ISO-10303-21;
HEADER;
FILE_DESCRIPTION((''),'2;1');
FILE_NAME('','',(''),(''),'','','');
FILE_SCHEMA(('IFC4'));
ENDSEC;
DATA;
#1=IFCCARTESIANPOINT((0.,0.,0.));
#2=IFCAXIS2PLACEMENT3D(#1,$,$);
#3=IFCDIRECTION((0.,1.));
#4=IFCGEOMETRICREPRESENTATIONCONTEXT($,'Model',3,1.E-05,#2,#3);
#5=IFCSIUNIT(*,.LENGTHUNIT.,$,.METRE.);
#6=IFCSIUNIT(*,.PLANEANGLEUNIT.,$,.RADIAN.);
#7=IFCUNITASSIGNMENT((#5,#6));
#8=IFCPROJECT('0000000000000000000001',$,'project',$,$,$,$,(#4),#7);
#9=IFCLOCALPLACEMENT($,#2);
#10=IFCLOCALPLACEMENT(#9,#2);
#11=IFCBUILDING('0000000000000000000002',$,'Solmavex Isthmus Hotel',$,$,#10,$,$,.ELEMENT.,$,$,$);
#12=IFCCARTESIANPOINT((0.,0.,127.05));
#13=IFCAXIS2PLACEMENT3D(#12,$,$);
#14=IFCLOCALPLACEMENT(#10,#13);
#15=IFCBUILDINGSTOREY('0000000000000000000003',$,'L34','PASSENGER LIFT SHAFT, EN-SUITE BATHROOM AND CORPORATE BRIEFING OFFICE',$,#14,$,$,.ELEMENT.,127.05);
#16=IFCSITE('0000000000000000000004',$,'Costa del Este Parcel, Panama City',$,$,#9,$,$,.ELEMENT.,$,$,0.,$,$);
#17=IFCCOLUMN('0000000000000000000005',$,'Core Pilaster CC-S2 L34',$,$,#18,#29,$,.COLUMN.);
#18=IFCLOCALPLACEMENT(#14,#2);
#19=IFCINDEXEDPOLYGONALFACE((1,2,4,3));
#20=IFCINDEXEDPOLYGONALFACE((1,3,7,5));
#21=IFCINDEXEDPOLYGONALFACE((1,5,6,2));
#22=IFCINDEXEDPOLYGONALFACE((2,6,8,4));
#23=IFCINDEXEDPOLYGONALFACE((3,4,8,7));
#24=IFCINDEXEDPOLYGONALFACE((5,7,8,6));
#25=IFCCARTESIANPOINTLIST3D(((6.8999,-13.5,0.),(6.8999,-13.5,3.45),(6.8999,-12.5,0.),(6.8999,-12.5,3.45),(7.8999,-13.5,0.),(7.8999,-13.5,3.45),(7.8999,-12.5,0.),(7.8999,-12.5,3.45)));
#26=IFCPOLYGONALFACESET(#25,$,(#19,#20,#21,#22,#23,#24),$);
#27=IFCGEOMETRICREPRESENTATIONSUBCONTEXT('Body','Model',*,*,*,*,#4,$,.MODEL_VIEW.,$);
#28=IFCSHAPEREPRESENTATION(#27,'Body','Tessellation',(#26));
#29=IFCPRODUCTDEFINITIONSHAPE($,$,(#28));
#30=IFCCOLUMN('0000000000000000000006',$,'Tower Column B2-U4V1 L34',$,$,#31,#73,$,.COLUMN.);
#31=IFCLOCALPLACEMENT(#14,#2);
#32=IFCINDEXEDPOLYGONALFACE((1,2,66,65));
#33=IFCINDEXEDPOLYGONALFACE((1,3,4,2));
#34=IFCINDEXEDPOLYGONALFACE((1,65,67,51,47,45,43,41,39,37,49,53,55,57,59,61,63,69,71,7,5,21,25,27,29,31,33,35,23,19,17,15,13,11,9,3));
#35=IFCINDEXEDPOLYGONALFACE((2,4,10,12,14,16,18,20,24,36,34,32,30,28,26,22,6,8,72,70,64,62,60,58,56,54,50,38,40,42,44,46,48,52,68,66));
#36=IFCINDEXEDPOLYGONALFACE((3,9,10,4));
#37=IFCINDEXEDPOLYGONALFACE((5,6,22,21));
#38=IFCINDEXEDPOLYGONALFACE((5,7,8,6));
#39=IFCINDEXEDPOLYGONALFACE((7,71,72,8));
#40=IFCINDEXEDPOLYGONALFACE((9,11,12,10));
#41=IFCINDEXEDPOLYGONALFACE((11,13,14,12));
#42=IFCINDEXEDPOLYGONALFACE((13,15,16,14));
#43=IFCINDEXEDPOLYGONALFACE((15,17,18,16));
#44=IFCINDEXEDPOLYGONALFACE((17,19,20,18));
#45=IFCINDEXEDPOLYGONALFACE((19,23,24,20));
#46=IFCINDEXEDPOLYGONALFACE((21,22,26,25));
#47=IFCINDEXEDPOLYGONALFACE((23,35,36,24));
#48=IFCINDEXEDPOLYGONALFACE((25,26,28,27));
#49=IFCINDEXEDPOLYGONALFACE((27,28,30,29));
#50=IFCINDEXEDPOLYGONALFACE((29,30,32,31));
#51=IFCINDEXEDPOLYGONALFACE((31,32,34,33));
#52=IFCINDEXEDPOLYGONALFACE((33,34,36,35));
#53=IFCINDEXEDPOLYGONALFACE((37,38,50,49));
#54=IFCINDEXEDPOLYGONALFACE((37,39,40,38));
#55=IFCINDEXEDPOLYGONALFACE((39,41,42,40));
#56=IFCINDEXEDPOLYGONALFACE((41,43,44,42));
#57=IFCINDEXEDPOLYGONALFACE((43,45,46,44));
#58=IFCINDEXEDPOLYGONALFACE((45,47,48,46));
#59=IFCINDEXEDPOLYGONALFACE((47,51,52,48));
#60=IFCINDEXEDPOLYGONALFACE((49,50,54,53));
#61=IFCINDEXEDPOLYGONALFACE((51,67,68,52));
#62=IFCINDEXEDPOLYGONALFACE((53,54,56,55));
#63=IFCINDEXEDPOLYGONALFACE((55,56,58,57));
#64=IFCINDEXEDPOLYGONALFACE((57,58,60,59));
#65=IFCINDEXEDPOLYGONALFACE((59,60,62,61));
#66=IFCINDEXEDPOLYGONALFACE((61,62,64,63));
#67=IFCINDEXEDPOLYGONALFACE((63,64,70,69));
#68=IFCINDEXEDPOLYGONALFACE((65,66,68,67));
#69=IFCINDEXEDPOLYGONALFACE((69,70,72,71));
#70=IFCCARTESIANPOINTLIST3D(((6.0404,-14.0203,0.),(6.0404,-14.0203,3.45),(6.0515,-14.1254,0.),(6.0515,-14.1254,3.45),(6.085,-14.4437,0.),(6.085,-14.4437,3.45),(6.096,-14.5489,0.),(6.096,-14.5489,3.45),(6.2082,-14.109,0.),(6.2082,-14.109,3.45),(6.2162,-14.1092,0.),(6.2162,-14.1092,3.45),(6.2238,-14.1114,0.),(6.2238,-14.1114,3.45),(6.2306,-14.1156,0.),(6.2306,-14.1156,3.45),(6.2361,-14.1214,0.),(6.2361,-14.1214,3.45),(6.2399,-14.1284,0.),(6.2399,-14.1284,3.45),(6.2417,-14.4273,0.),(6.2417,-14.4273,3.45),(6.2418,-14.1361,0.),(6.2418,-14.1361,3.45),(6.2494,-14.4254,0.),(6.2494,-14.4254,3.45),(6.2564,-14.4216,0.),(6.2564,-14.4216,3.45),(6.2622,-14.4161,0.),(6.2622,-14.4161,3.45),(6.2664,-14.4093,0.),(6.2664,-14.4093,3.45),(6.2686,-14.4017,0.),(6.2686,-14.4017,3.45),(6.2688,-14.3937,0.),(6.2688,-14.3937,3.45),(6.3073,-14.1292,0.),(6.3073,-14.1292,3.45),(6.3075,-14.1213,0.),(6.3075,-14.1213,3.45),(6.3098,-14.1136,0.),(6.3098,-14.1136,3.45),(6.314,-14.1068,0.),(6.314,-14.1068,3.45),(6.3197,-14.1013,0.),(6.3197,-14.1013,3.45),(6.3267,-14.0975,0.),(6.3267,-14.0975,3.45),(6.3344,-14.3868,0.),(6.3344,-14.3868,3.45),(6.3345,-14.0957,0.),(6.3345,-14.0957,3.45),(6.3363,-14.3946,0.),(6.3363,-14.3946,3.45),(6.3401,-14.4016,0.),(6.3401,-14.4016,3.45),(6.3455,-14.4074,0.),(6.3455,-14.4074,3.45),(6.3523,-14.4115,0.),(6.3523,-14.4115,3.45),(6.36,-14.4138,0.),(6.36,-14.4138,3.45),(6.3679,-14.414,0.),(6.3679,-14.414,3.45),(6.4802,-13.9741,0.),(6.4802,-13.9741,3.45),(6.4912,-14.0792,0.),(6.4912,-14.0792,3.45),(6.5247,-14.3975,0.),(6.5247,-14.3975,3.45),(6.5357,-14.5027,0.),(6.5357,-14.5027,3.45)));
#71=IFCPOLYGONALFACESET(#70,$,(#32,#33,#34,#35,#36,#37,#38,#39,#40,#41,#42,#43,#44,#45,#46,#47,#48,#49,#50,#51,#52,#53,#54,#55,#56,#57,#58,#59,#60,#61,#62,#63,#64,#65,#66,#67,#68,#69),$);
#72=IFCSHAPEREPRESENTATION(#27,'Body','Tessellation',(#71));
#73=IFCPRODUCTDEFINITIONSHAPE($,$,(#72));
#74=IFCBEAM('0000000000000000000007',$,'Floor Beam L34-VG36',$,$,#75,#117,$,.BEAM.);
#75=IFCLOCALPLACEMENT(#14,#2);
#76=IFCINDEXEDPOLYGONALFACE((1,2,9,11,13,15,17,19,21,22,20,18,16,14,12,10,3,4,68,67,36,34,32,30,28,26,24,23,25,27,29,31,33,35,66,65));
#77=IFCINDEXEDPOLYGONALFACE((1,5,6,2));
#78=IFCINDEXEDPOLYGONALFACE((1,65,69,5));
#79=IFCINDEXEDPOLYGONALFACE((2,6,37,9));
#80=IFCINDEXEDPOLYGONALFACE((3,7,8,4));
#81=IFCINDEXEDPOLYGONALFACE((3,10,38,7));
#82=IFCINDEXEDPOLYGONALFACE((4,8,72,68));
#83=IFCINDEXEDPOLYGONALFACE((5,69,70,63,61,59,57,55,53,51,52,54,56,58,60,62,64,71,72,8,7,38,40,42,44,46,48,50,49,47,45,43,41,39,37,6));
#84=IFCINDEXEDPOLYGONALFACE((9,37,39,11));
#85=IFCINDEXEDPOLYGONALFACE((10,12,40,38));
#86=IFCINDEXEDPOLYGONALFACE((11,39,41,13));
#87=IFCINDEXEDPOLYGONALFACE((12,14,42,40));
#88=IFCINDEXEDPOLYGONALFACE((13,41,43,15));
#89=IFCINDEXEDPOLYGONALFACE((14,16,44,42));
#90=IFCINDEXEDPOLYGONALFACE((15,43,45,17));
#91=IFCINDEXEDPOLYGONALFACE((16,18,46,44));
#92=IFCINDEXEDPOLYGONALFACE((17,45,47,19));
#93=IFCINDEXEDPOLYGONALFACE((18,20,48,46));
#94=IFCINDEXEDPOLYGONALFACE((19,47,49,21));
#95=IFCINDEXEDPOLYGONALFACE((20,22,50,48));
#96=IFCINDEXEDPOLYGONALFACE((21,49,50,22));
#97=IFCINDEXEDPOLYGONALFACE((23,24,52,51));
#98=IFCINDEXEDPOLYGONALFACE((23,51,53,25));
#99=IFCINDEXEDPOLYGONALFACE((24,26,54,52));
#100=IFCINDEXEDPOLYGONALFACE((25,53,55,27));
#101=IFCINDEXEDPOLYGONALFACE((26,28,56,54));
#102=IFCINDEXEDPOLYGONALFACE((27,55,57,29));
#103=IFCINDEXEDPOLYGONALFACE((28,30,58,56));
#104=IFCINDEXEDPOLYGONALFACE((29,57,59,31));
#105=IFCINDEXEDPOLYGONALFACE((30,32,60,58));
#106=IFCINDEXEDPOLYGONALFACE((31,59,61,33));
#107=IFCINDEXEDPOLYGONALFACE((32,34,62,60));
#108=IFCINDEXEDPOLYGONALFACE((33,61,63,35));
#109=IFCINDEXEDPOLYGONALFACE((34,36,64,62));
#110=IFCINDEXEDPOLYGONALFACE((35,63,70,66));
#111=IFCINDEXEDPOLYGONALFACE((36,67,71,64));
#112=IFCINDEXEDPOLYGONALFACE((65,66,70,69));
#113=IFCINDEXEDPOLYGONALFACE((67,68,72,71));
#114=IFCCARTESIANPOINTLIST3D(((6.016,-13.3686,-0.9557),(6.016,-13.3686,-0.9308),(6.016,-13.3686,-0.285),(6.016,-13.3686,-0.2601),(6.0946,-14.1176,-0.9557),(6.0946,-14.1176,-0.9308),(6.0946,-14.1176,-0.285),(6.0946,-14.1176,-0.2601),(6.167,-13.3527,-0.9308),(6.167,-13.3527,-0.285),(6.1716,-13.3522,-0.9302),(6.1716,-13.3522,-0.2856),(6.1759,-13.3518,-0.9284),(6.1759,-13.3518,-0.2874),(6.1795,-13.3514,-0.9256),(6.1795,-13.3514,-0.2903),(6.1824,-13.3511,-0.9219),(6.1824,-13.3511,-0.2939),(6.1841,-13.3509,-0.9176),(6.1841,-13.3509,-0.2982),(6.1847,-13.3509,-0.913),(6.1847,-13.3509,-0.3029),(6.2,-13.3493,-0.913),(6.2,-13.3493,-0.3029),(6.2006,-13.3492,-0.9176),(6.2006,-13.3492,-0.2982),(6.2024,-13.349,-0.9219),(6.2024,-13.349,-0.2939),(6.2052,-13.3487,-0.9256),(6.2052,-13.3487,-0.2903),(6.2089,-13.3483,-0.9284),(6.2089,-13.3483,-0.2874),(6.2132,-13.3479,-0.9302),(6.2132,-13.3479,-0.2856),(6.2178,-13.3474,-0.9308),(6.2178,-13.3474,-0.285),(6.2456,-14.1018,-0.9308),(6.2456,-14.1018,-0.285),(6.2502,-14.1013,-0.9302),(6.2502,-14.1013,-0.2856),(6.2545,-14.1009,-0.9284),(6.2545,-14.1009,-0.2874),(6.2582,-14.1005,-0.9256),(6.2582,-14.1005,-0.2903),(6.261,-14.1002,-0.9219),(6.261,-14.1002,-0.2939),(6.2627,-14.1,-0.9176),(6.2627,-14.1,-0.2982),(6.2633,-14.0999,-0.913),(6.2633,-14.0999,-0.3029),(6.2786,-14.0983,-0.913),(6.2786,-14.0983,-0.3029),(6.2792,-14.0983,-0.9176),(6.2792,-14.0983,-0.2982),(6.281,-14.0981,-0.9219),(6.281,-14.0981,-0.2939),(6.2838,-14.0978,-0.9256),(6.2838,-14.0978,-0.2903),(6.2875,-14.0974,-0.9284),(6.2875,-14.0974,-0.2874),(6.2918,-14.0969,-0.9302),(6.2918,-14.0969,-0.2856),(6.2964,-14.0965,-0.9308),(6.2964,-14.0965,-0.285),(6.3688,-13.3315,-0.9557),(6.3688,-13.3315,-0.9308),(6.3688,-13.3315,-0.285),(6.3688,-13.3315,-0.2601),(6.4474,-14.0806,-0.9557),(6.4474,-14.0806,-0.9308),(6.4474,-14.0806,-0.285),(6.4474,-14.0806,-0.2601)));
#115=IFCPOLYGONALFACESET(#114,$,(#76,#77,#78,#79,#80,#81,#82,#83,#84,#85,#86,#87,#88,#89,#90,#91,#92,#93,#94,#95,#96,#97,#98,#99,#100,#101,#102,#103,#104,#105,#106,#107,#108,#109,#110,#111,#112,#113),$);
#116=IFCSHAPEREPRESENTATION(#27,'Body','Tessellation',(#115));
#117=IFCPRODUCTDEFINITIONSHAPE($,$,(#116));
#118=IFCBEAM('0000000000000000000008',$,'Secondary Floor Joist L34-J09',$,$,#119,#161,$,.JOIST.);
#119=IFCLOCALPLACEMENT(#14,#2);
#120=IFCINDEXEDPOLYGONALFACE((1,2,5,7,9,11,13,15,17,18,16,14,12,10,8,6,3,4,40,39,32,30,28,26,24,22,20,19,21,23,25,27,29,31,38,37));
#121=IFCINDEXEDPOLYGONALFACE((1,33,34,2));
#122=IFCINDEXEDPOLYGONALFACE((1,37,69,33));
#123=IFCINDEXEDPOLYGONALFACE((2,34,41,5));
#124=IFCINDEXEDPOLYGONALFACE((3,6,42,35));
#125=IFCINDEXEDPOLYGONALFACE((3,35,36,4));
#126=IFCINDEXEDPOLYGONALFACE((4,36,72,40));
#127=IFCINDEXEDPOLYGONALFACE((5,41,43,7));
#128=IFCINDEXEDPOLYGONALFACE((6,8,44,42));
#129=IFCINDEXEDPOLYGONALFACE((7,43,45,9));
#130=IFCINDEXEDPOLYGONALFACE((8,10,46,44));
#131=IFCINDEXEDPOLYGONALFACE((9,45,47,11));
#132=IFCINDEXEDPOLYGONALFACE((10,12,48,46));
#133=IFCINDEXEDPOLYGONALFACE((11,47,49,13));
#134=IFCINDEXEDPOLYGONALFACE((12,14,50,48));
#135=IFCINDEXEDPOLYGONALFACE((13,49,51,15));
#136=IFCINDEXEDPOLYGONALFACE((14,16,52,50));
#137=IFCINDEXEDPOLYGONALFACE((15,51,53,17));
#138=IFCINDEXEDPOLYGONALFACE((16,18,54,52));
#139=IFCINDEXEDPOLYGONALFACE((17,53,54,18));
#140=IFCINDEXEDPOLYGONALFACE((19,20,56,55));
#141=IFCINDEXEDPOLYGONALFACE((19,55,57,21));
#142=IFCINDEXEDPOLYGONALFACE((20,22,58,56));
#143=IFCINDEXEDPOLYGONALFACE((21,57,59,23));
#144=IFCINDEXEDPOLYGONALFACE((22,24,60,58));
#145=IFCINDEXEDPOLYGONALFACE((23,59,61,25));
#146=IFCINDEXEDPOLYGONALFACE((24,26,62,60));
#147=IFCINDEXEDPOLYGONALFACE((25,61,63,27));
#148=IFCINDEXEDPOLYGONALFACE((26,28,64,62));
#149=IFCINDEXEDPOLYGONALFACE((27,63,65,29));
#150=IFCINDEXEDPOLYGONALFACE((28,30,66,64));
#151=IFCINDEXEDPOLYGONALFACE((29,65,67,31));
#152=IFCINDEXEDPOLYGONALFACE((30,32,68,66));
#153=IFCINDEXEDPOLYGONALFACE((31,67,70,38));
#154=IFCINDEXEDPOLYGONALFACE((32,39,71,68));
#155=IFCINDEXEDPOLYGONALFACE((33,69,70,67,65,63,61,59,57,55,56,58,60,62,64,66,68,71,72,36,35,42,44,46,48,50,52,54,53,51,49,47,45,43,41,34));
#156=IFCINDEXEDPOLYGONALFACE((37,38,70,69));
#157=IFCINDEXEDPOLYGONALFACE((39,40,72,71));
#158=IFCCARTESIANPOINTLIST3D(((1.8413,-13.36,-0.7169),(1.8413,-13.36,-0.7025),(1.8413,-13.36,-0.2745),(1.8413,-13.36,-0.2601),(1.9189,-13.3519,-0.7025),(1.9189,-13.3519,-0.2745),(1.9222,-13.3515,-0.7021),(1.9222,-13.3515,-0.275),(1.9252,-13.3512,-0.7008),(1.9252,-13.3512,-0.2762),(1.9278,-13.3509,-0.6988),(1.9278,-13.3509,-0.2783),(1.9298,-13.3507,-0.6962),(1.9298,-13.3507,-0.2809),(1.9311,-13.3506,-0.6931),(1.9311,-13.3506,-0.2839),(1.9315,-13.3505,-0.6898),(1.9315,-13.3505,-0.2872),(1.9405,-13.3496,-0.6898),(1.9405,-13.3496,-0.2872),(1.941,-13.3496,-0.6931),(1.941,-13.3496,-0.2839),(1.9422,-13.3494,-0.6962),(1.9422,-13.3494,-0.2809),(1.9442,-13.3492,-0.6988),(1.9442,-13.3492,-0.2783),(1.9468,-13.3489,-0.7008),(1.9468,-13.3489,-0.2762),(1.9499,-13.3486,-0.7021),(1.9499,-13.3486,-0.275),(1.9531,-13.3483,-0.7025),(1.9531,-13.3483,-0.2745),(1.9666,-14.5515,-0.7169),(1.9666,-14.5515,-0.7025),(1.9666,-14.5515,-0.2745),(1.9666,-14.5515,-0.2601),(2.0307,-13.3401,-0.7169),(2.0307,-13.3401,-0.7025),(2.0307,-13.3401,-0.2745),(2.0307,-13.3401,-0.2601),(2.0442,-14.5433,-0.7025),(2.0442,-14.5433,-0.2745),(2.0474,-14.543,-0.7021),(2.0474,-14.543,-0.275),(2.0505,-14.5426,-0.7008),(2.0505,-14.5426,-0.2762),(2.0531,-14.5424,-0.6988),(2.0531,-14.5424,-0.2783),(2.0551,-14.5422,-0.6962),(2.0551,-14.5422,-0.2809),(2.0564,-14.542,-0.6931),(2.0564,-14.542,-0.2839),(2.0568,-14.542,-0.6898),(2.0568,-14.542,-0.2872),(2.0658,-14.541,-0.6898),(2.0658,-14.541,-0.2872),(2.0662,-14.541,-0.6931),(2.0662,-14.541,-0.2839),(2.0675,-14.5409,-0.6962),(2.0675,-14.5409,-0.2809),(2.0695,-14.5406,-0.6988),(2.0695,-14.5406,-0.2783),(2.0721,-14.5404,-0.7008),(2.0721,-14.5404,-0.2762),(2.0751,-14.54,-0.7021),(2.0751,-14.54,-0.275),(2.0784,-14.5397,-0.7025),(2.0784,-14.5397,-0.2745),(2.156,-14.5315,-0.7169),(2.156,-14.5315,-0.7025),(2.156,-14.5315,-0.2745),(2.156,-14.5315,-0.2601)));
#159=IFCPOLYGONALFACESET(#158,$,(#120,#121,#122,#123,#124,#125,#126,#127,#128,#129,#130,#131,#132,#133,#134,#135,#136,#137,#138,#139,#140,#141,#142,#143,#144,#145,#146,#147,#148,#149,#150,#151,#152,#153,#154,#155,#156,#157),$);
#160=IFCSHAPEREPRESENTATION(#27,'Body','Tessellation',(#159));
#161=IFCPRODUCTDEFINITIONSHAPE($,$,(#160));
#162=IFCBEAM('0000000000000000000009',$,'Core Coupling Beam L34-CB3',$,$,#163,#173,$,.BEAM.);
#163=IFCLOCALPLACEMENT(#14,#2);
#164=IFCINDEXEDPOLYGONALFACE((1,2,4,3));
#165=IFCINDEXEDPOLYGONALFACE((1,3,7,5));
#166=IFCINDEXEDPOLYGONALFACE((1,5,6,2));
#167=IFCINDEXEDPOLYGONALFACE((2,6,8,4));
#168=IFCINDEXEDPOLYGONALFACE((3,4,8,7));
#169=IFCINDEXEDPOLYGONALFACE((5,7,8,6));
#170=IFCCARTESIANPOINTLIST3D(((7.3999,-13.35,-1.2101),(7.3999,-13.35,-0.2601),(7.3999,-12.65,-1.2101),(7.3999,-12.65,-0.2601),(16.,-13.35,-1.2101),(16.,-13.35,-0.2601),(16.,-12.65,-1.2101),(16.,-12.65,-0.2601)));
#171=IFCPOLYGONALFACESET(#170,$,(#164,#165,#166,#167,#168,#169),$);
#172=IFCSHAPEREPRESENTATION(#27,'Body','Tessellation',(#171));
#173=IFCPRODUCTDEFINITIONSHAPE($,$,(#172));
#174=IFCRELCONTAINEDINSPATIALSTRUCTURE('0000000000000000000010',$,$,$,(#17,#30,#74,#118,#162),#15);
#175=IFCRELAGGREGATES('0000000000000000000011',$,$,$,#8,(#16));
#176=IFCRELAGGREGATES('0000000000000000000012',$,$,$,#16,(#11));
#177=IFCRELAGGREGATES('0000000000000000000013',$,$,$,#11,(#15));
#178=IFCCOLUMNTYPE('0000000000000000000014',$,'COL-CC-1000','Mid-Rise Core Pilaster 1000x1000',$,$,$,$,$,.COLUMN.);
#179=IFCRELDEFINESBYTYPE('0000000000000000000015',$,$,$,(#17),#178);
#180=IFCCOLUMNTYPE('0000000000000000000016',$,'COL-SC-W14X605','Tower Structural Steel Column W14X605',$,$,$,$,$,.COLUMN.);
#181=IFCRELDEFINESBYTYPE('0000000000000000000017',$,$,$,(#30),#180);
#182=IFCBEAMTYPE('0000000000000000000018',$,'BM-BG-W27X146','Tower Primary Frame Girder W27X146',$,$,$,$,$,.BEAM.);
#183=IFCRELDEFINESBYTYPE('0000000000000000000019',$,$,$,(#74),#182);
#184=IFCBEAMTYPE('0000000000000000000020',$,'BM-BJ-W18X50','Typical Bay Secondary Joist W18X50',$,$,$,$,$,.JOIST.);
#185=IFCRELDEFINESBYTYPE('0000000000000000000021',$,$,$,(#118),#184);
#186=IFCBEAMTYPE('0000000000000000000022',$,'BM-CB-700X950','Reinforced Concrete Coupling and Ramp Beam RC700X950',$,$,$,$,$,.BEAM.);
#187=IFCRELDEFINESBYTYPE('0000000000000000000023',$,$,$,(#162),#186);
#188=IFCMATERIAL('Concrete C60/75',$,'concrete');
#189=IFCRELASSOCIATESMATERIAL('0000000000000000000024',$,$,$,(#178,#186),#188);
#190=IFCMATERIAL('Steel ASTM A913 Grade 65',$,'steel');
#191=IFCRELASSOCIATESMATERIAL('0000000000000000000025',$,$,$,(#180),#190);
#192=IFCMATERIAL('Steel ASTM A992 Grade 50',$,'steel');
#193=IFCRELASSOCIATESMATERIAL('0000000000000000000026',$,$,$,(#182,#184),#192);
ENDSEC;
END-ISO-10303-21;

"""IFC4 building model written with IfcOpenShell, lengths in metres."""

from ifc_helpers import new_model, si_unit, direction, frame, origin, origin_2d, place, context, subcontext, project, spatial, rectangle, i_section, extrude, material, material_profile, profile_set, type_object, element, save


model = new_model("IFC4")

# Units and contexts
model_context = context("Model", 3, precision=1e-05, world=origin(), true_north=direction((0.0, 1.0)))
body_context = subcontext(model_context, "Body", "Model", "MODEL_VIEW")
ifc_project = project(units=[si_unit("LENGTHUNIT", "METRE"), si_unit("PLANEANGLEUNIT", "RADIAN")], contexts=[model_context])

# Site, building, storey
site_placement = place(None, origin())
site = spatial("IfcSite", under=ifc_project, at=site_placement, Name="Costa del Este Parcel, Panama City", CompositionType="ELEMENT", RefElevation=0.0)
building_placement = place(site_placement, origin())
building = spatial("IfcBuilding", under=site, at=building_placement, Name="Solmavex Isthmus Hotel", CompositionType="ELEMENT")
storey_placement = place(building_placement, frame((0.0, 0.0, 127.05)))
storey = spatial("IfcBuildingStorey", under=building, at=storey_placement, Name="L34", Description="PASSENGER LIFT SHAFT, EN-SUITE BATHROOM AND CORPORATE BRIEFING OFFICE", CompositionType="ELEMENT", Elevation=127.05)

# Columns
ifc_material_1 = material(Name="Concrete C60/75", Category="concrete")
ifc_material_profile_1 = material_profile(ifc_material_1, rectangle(XDim=1.0, YDim=1.0, at=origin_2d()), Name="RC1000X1000")
ifc_profile_set_1 = profile_set([ifc_material_profile_1], Name="Concrete C60/75")
column_type_1 = type_object("IfcColumnType", Name="COL-CC-1000", Description="Mid-Rise Core Pilaster 1000x1000", PredefinedType="COLUMN", material=ifc_profile_set_1)
column_1_placement = place(storey_placement, frame((7.3999, -13.0, 0.0), z_axis=(0.0, 0.0, 1.0), x_axis=(1.0, 0.0, 0.0)))
element("IfcColumn", 1, at=column_1_placement, inside=storey, type_object=column_type_1, Name="Core Pilaster CC-S2 L34", PredefinedType="COLUMN", context=body_context, shape_type="SweptSolid", body=[
    extrude(rectangle(XDim=1.0, YDim=1.0, at=origin_2d()), origin(), (0.0, 0.0, 1.0), 3.45),
])
ifc_material_2 = material(Name="Steel ASTM A913 Grade 65", Category="steel")
ifc_material_profile_2 = material_profile(ifc_material_2, i_section(OverallWidth=0.4421, OverallDepth=0.5315, WebThickness=0.0659, FlangeThickness=0.1057, FilletRadius=0.0305, at=origin_2d()), Name="W14X605")
ifc_profile_set_2 = profile_set([ifc_material_profile_2], Name="Steel ASTM A913 Grade 65")
column_type_2 = type_object("IfcColumnType", Name="COL-SC-W14X605", Description="Tower Structural Steel Column W14X605", PredefinedType="COLUMN", material=ifc_profile_set_2)
column_2_placement = place(storey_placement, frame((6.2881, -14.2615, 0.0), z_axis=(0.0, 0.0, 1.0), x_axis=(0.994522, 0.104528, 0.0)))
element("IfcColumn", 2, at=column_2_placement, inside=storey, type_object=column_type_2, Name="Tower Column B2-U4V1 L34", PredefinedType="COLUMN", context=body_context, shape_type="SweptSolid", body=[
    extrude(i_section(OverallWidth=0.4421, OverallDepth=0.5315, WebThickness=0.0659, FlangeThickness=0.1057, FilletRadius=0.0305, at=origin_2d()), origin(), (0.0, 0.0, 1.0), 3.45),
])

# Beams
ifc_material_3 = material(Name="Steel ASTM A992 Grade 50", Category="steel")
ifc_material_profile_3 = material_profile(ifc_material_3, i_section(OverallWidth=0.3547, OverallDepth=0.6956, WebThickness=0.0154, FlangeThickness=0.0249, FilletRadius=0.0178, at=origin_2d()), Name="W27X146")
ifc_profile_set_3 = profile_set([ifc_material_profile_3], Name="Steel ASTM A992 Grade 50")
beam_type_1 = type_object("IfcBeamType", Name="BM-BG-W27X146", Description="Tower Primary Frame Girder W27X146", PredefinedType="BEAM", material=ifc_profile_set_3)
beam_1_placement = place(storey_placement, frame((6.271, -14.0991, -0.6079), z_axis=(-0.104381, 0.994537, 0.0), x_axis=(-0.994537, -0.104381, 0.0)))
element("IfcBeam", 3, at=beam_1_placement, inside=storey, type_object=beam_type_1, Name="Floor Beam L34-VG36", PredefinedType="BEAM", context=body_context, shape_type="SweptSolid", body=[
    extrude(i_section(OverallWidth=0.3547, OverallDepth=0.6956, WebThickness=0.0154, FlangeThickness=0.0249, FilletRadius=0.0178, at=origin_2d()), origin(), (0.0, 0.0, 1.0), 0.7532),
])
ifc_material_profile_4 = material_profile(ifc_material_3, i_section(OverallWidth=0.1904, OverallDepth=0.4568, WebThickness=0.009, FlangeThickness=0.0144, FilletRadius=0.0127, at=origin_2d()), Name="W18X50")
ifc_profile_set_4 = profile_set([ifc_material_profile_4], Name="Steel ASTM A992 Grade 50")
beam_type_2 = type_object("IfcBeamType", Name="BM-BJ-W18X50", Description="Typical Bay Secondary Joist W18X50", PredefinedType="JOIST", material=ifc_profile_set_4)
beam_2_placement = place(storey_placement, frame((2.0613, -14.5415, -0.4885), z_axis=(-0.104547, 0.99452, 0.0), x_axis=(-0.99452, -0.104547, 0.0)))
element("IfcBeam", 4, at=beam_2_placement, inside=storey, type_object=beam_type_2, Name="Secondary Floor Joist L34-J09", PredefinedType="JOIST", context=body_context, shape_type="SweptSolid", body=[
    extrude(i_section(OverallWidth=0.1904, OverallDepth=0.4568, WebThickness=0.009, FlangeThickness=0.0144, FilletRadius=0.0127, at=origin_2d()), origin(), (0.0, 0.0, 1.0), 1.198),
])
ifc_material_profile_5 = material_profile(ifc_material_1, rectangle(XDim=0.7, YDim=0.95, at=origin_2d()), Name="RC700X950")
ifc_profile_set_5 = profile_set([ifc_material_profile_5], Name="Concrete C60/75")
beam_type_3 = type_object("IfcBeamType", Name="BM-CB-700X950", Description="Reinforced Concrete Coupling and Ramp Beam RC700X950", PredefinedType="BEAM", material=ifc_profile_set_5)
beam_3_placement = place(storey_placement, frame((7.3999, -13.0, -0.7351), z_axis=(1.0, 0.0, 0.0), x_axis=(0.0, 1.0, 0.0)))
element("IfcBeam", 5, at=beam_3_placement, inside=storey, type_object=beam_type_3, Name="Core Coupling Beam L34-CB3", PredefinedType="BEAM", context=body_context, shape_type="SweptSolid", body=[
    extrude(rectangle(XDim=0.7, YDim=0.95, at=origin_2d()), origin(), (0.0, 0.0, 1.0), 8.6001),
])

save(model, "model.ifc")
